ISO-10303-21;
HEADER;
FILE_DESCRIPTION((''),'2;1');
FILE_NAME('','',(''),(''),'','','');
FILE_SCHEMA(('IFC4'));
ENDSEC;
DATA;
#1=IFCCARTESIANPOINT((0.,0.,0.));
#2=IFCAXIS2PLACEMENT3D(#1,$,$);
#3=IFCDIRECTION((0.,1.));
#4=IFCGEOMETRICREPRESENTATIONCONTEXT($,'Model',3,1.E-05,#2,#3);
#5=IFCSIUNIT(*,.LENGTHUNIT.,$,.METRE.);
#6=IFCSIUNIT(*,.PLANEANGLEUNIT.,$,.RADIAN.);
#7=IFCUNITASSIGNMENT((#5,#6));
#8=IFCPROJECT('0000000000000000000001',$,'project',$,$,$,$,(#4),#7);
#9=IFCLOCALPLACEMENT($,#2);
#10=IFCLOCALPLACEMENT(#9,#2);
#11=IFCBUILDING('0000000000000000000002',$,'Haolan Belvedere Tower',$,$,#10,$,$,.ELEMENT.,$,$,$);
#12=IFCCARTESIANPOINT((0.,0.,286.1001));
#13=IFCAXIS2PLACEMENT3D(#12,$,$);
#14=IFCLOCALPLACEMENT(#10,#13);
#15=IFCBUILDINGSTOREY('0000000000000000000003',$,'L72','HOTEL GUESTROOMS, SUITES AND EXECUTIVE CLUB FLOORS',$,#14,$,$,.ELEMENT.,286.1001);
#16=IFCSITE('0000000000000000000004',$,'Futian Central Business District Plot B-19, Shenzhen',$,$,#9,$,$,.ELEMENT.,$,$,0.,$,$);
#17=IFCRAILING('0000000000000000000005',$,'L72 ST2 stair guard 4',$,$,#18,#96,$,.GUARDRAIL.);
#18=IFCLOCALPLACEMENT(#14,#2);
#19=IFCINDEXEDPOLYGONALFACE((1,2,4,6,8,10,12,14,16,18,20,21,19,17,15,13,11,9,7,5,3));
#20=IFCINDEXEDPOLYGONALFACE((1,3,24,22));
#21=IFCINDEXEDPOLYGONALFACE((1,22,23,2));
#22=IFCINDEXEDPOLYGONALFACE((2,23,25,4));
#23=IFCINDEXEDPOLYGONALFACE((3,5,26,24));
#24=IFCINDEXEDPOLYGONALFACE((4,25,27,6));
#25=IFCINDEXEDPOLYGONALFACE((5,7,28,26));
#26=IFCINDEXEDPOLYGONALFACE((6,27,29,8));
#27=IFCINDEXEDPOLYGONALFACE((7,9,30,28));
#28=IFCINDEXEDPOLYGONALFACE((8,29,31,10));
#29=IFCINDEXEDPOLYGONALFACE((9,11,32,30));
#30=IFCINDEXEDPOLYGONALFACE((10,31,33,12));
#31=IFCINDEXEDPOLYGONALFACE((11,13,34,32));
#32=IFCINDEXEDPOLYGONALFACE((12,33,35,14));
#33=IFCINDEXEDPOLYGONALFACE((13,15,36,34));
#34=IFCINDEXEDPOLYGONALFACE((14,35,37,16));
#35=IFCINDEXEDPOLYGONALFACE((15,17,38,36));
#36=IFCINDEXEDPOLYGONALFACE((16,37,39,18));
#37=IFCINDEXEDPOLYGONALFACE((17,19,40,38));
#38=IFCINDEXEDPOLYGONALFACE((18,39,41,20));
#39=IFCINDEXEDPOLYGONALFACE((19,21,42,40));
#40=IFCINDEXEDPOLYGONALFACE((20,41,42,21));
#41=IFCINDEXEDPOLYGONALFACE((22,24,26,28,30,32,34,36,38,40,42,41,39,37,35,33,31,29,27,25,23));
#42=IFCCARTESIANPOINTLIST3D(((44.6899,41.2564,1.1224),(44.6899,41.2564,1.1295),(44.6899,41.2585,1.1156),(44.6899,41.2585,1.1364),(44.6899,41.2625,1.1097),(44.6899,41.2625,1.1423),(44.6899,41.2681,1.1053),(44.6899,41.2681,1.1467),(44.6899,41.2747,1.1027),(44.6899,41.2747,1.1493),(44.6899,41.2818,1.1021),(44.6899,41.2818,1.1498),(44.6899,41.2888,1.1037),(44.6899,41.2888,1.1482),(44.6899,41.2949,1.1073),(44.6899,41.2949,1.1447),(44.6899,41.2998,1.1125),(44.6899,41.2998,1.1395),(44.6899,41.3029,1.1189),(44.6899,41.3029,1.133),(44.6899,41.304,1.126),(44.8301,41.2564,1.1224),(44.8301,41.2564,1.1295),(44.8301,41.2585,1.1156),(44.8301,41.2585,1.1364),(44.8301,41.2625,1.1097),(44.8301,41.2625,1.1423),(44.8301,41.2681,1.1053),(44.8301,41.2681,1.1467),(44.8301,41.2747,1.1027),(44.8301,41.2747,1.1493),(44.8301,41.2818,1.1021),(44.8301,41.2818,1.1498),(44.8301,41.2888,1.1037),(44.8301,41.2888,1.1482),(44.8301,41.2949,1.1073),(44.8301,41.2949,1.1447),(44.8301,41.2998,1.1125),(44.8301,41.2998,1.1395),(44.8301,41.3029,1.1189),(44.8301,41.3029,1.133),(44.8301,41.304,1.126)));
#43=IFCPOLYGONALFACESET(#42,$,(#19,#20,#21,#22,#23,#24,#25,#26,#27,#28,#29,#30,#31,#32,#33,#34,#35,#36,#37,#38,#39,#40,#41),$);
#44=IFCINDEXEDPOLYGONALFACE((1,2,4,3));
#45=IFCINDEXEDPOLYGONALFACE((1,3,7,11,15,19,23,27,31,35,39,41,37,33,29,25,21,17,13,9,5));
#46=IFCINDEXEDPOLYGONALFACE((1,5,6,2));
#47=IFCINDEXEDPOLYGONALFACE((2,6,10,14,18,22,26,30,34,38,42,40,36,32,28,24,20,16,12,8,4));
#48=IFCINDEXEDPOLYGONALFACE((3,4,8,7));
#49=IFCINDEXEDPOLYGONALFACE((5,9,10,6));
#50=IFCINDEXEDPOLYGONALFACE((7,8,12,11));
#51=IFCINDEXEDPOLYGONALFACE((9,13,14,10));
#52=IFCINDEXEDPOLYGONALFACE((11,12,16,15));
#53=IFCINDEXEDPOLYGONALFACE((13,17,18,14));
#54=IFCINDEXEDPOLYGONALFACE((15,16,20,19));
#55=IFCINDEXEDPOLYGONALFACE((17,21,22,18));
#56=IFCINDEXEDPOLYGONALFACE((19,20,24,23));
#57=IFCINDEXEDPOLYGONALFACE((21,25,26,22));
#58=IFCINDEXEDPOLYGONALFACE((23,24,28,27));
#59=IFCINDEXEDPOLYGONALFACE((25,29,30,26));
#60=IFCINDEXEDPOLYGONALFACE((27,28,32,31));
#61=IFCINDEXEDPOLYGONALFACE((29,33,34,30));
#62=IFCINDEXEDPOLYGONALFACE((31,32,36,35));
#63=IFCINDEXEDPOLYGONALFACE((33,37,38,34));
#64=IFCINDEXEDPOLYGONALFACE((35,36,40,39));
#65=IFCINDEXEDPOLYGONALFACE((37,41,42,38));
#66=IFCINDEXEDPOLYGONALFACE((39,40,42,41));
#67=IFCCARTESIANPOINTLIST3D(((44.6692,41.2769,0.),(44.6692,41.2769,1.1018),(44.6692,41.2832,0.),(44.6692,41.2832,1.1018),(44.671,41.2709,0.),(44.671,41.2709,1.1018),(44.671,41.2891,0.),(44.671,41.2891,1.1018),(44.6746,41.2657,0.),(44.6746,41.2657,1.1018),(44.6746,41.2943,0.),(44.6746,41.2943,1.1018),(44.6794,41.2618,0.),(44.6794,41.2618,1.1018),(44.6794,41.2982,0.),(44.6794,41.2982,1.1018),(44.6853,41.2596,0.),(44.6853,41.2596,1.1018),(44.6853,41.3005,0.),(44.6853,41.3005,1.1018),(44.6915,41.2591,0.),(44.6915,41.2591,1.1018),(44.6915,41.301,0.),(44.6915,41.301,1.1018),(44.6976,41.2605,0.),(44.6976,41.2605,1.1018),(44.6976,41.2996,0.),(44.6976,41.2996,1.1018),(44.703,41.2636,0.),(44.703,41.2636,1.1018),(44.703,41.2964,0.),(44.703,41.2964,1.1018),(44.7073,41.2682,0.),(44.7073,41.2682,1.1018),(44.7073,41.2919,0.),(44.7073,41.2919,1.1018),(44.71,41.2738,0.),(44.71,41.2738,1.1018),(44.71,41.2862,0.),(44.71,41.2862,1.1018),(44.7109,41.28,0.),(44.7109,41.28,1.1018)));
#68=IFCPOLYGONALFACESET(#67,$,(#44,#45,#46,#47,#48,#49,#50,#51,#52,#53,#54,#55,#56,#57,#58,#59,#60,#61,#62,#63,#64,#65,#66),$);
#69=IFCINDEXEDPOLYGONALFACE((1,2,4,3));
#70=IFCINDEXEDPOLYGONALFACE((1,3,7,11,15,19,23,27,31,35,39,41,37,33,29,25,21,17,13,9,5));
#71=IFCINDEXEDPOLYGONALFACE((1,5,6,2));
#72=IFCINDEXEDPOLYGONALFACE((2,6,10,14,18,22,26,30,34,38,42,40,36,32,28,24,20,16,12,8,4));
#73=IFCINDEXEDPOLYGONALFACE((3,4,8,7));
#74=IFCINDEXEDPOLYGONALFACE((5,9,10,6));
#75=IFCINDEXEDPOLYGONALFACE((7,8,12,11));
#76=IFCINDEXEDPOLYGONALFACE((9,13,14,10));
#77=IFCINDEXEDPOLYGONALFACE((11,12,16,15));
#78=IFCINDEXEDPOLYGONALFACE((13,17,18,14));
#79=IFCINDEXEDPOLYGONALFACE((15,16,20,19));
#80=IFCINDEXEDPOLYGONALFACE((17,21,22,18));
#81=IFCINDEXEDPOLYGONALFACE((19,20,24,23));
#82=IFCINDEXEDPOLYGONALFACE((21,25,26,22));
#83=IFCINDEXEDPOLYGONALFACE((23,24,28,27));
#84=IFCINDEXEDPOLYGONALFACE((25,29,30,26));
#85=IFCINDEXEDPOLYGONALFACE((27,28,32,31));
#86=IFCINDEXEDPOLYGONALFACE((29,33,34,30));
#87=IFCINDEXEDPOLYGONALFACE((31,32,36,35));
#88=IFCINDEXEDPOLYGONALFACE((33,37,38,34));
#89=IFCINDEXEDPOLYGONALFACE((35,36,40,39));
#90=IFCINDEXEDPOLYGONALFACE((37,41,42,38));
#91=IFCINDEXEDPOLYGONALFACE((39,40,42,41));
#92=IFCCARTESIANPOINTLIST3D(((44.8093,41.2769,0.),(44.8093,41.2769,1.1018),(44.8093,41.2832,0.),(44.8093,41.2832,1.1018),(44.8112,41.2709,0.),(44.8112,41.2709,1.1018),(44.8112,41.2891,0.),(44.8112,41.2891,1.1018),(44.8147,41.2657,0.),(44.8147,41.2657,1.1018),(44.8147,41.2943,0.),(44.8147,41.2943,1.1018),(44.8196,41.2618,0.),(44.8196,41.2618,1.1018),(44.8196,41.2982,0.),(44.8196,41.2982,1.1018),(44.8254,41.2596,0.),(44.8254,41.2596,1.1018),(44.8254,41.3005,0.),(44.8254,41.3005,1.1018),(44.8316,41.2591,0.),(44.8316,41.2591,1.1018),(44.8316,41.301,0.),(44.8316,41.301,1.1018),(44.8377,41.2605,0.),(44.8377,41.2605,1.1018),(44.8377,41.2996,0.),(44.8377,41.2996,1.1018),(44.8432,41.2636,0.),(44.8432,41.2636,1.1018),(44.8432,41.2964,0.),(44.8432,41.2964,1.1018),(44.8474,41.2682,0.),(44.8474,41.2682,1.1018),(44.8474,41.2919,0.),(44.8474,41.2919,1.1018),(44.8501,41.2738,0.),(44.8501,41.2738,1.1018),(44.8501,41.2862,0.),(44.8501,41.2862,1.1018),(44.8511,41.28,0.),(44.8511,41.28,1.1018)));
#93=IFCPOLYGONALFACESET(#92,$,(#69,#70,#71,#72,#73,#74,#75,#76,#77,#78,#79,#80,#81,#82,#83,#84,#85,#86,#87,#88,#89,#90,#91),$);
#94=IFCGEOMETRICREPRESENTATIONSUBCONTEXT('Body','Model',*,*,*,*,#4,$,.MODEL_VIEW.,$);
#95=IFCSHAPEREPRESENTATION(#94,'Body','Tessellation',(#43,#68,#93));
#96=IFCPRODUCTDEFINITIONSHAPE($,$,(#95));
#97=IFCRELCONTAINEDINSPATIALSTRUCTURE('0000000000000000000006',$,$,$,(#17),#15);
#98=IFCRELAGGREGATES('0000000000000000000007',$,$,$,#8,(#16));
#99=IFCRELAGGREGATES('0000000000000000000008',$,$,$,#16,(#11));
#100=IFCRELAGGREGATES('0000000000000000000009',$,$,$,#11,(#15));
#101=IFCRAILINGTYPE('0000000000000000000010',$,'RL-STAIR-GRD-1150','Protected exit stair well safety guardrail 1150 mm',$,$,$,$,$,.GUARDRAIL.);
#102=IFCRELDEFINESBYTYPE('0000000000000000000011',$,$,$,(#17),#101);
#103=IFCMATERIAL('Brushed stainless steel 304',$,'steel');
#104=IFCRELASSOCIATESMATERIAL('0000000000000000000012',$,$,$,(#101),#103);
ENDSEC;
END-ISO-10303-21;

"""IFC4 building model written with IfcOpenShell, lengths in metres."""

from ifc_helpers import new_model, si_unit, direction, frame, origin, origin_2d, place, context, subcontext, project, spatial, circle, extrude, material, type_object, element, save


model = new_model("IFC4")

# Units and contexts
model_context = context("Model", 3, precision=1e-05, world=origin(), true_north=direction((0.0, 1.0)))
body_context = subcontext(model_context, "Body", "Model", "MODEL_VIEW")
ifc_project = project(units=[si_unit("LENGTHUNIT", "METRE"), si_unit("PLANEANGLEUNIT", "RADIAN")], contexts=[model_context])

# Site, building, storey
site_placement = place(None, origin())
site = spatial("IfcSite", under=ifc_project, at=site_placement, Name="Futian Central Business District Plot B-19, Shenzhen", CompositionType="ELEMENT", RefElevation=0.0)
building_placement = place(site_placement, origin())
building = spatial("IfcBuilding", under=site, at=building_placement, Name="Haolan Belvedere Tower", CompositionType="ELEMENT")
storey_placement = place(building_placement, frame((0.0, 0.0, 286.1001)))
storey = spatial("IfcBuildingStorey", under=building, at=storey_placement, Name="L72", Description="HOTEL GUESTROOMS, SUITES AND EXECUTIVE CLUB FLOORS", CompositionType="ELEMENT", Elevation=286.1001)

# Railing
ifc_material_1 = material(Name="Brushed stainless steel 304", Category="steel")
railing_type_1 = type_object("IfcRailingType", Name="RL-STAIR-GRD-1150", Description="Protected exit stair well safety guardrail 1150 mm", PredefinedType="GUARDRAIL", material=ifc_material_1)
railing_1_placement = place(storey_placement, frame((44.6899, 41.28, 0.0)))
element("IfcRailing", 1, at=railing_1_placement, inside=storey, type_object=railing_type_1, Name="L72 ST2 stair guard 4", PredefinedType="GUARDRAIL", context=body_context, shape_type="SweptSolid", body=[
    extrude(circle(Radius=0.0239, at=origin_2d()), frame((0.0, 0.0, 1.126), z_axis=(1.0, 0.0, 0.0), x_axis=(0.0, 1.0, 0.0)), (0.0, 0.0, 1.0), 0.1401),
    extrude(circle(Radius=0.021, at=origin_2d()), origin(), (0.0, 0.0, 1.0), 1.1018),
    extrude(circle(Radius=0.021, at=origin_2d()), frame((0.1401, 0.0, 0.0)), (0.0, 0.0, 1.0), 1.1018),
])

save(model, "model.ifc")
